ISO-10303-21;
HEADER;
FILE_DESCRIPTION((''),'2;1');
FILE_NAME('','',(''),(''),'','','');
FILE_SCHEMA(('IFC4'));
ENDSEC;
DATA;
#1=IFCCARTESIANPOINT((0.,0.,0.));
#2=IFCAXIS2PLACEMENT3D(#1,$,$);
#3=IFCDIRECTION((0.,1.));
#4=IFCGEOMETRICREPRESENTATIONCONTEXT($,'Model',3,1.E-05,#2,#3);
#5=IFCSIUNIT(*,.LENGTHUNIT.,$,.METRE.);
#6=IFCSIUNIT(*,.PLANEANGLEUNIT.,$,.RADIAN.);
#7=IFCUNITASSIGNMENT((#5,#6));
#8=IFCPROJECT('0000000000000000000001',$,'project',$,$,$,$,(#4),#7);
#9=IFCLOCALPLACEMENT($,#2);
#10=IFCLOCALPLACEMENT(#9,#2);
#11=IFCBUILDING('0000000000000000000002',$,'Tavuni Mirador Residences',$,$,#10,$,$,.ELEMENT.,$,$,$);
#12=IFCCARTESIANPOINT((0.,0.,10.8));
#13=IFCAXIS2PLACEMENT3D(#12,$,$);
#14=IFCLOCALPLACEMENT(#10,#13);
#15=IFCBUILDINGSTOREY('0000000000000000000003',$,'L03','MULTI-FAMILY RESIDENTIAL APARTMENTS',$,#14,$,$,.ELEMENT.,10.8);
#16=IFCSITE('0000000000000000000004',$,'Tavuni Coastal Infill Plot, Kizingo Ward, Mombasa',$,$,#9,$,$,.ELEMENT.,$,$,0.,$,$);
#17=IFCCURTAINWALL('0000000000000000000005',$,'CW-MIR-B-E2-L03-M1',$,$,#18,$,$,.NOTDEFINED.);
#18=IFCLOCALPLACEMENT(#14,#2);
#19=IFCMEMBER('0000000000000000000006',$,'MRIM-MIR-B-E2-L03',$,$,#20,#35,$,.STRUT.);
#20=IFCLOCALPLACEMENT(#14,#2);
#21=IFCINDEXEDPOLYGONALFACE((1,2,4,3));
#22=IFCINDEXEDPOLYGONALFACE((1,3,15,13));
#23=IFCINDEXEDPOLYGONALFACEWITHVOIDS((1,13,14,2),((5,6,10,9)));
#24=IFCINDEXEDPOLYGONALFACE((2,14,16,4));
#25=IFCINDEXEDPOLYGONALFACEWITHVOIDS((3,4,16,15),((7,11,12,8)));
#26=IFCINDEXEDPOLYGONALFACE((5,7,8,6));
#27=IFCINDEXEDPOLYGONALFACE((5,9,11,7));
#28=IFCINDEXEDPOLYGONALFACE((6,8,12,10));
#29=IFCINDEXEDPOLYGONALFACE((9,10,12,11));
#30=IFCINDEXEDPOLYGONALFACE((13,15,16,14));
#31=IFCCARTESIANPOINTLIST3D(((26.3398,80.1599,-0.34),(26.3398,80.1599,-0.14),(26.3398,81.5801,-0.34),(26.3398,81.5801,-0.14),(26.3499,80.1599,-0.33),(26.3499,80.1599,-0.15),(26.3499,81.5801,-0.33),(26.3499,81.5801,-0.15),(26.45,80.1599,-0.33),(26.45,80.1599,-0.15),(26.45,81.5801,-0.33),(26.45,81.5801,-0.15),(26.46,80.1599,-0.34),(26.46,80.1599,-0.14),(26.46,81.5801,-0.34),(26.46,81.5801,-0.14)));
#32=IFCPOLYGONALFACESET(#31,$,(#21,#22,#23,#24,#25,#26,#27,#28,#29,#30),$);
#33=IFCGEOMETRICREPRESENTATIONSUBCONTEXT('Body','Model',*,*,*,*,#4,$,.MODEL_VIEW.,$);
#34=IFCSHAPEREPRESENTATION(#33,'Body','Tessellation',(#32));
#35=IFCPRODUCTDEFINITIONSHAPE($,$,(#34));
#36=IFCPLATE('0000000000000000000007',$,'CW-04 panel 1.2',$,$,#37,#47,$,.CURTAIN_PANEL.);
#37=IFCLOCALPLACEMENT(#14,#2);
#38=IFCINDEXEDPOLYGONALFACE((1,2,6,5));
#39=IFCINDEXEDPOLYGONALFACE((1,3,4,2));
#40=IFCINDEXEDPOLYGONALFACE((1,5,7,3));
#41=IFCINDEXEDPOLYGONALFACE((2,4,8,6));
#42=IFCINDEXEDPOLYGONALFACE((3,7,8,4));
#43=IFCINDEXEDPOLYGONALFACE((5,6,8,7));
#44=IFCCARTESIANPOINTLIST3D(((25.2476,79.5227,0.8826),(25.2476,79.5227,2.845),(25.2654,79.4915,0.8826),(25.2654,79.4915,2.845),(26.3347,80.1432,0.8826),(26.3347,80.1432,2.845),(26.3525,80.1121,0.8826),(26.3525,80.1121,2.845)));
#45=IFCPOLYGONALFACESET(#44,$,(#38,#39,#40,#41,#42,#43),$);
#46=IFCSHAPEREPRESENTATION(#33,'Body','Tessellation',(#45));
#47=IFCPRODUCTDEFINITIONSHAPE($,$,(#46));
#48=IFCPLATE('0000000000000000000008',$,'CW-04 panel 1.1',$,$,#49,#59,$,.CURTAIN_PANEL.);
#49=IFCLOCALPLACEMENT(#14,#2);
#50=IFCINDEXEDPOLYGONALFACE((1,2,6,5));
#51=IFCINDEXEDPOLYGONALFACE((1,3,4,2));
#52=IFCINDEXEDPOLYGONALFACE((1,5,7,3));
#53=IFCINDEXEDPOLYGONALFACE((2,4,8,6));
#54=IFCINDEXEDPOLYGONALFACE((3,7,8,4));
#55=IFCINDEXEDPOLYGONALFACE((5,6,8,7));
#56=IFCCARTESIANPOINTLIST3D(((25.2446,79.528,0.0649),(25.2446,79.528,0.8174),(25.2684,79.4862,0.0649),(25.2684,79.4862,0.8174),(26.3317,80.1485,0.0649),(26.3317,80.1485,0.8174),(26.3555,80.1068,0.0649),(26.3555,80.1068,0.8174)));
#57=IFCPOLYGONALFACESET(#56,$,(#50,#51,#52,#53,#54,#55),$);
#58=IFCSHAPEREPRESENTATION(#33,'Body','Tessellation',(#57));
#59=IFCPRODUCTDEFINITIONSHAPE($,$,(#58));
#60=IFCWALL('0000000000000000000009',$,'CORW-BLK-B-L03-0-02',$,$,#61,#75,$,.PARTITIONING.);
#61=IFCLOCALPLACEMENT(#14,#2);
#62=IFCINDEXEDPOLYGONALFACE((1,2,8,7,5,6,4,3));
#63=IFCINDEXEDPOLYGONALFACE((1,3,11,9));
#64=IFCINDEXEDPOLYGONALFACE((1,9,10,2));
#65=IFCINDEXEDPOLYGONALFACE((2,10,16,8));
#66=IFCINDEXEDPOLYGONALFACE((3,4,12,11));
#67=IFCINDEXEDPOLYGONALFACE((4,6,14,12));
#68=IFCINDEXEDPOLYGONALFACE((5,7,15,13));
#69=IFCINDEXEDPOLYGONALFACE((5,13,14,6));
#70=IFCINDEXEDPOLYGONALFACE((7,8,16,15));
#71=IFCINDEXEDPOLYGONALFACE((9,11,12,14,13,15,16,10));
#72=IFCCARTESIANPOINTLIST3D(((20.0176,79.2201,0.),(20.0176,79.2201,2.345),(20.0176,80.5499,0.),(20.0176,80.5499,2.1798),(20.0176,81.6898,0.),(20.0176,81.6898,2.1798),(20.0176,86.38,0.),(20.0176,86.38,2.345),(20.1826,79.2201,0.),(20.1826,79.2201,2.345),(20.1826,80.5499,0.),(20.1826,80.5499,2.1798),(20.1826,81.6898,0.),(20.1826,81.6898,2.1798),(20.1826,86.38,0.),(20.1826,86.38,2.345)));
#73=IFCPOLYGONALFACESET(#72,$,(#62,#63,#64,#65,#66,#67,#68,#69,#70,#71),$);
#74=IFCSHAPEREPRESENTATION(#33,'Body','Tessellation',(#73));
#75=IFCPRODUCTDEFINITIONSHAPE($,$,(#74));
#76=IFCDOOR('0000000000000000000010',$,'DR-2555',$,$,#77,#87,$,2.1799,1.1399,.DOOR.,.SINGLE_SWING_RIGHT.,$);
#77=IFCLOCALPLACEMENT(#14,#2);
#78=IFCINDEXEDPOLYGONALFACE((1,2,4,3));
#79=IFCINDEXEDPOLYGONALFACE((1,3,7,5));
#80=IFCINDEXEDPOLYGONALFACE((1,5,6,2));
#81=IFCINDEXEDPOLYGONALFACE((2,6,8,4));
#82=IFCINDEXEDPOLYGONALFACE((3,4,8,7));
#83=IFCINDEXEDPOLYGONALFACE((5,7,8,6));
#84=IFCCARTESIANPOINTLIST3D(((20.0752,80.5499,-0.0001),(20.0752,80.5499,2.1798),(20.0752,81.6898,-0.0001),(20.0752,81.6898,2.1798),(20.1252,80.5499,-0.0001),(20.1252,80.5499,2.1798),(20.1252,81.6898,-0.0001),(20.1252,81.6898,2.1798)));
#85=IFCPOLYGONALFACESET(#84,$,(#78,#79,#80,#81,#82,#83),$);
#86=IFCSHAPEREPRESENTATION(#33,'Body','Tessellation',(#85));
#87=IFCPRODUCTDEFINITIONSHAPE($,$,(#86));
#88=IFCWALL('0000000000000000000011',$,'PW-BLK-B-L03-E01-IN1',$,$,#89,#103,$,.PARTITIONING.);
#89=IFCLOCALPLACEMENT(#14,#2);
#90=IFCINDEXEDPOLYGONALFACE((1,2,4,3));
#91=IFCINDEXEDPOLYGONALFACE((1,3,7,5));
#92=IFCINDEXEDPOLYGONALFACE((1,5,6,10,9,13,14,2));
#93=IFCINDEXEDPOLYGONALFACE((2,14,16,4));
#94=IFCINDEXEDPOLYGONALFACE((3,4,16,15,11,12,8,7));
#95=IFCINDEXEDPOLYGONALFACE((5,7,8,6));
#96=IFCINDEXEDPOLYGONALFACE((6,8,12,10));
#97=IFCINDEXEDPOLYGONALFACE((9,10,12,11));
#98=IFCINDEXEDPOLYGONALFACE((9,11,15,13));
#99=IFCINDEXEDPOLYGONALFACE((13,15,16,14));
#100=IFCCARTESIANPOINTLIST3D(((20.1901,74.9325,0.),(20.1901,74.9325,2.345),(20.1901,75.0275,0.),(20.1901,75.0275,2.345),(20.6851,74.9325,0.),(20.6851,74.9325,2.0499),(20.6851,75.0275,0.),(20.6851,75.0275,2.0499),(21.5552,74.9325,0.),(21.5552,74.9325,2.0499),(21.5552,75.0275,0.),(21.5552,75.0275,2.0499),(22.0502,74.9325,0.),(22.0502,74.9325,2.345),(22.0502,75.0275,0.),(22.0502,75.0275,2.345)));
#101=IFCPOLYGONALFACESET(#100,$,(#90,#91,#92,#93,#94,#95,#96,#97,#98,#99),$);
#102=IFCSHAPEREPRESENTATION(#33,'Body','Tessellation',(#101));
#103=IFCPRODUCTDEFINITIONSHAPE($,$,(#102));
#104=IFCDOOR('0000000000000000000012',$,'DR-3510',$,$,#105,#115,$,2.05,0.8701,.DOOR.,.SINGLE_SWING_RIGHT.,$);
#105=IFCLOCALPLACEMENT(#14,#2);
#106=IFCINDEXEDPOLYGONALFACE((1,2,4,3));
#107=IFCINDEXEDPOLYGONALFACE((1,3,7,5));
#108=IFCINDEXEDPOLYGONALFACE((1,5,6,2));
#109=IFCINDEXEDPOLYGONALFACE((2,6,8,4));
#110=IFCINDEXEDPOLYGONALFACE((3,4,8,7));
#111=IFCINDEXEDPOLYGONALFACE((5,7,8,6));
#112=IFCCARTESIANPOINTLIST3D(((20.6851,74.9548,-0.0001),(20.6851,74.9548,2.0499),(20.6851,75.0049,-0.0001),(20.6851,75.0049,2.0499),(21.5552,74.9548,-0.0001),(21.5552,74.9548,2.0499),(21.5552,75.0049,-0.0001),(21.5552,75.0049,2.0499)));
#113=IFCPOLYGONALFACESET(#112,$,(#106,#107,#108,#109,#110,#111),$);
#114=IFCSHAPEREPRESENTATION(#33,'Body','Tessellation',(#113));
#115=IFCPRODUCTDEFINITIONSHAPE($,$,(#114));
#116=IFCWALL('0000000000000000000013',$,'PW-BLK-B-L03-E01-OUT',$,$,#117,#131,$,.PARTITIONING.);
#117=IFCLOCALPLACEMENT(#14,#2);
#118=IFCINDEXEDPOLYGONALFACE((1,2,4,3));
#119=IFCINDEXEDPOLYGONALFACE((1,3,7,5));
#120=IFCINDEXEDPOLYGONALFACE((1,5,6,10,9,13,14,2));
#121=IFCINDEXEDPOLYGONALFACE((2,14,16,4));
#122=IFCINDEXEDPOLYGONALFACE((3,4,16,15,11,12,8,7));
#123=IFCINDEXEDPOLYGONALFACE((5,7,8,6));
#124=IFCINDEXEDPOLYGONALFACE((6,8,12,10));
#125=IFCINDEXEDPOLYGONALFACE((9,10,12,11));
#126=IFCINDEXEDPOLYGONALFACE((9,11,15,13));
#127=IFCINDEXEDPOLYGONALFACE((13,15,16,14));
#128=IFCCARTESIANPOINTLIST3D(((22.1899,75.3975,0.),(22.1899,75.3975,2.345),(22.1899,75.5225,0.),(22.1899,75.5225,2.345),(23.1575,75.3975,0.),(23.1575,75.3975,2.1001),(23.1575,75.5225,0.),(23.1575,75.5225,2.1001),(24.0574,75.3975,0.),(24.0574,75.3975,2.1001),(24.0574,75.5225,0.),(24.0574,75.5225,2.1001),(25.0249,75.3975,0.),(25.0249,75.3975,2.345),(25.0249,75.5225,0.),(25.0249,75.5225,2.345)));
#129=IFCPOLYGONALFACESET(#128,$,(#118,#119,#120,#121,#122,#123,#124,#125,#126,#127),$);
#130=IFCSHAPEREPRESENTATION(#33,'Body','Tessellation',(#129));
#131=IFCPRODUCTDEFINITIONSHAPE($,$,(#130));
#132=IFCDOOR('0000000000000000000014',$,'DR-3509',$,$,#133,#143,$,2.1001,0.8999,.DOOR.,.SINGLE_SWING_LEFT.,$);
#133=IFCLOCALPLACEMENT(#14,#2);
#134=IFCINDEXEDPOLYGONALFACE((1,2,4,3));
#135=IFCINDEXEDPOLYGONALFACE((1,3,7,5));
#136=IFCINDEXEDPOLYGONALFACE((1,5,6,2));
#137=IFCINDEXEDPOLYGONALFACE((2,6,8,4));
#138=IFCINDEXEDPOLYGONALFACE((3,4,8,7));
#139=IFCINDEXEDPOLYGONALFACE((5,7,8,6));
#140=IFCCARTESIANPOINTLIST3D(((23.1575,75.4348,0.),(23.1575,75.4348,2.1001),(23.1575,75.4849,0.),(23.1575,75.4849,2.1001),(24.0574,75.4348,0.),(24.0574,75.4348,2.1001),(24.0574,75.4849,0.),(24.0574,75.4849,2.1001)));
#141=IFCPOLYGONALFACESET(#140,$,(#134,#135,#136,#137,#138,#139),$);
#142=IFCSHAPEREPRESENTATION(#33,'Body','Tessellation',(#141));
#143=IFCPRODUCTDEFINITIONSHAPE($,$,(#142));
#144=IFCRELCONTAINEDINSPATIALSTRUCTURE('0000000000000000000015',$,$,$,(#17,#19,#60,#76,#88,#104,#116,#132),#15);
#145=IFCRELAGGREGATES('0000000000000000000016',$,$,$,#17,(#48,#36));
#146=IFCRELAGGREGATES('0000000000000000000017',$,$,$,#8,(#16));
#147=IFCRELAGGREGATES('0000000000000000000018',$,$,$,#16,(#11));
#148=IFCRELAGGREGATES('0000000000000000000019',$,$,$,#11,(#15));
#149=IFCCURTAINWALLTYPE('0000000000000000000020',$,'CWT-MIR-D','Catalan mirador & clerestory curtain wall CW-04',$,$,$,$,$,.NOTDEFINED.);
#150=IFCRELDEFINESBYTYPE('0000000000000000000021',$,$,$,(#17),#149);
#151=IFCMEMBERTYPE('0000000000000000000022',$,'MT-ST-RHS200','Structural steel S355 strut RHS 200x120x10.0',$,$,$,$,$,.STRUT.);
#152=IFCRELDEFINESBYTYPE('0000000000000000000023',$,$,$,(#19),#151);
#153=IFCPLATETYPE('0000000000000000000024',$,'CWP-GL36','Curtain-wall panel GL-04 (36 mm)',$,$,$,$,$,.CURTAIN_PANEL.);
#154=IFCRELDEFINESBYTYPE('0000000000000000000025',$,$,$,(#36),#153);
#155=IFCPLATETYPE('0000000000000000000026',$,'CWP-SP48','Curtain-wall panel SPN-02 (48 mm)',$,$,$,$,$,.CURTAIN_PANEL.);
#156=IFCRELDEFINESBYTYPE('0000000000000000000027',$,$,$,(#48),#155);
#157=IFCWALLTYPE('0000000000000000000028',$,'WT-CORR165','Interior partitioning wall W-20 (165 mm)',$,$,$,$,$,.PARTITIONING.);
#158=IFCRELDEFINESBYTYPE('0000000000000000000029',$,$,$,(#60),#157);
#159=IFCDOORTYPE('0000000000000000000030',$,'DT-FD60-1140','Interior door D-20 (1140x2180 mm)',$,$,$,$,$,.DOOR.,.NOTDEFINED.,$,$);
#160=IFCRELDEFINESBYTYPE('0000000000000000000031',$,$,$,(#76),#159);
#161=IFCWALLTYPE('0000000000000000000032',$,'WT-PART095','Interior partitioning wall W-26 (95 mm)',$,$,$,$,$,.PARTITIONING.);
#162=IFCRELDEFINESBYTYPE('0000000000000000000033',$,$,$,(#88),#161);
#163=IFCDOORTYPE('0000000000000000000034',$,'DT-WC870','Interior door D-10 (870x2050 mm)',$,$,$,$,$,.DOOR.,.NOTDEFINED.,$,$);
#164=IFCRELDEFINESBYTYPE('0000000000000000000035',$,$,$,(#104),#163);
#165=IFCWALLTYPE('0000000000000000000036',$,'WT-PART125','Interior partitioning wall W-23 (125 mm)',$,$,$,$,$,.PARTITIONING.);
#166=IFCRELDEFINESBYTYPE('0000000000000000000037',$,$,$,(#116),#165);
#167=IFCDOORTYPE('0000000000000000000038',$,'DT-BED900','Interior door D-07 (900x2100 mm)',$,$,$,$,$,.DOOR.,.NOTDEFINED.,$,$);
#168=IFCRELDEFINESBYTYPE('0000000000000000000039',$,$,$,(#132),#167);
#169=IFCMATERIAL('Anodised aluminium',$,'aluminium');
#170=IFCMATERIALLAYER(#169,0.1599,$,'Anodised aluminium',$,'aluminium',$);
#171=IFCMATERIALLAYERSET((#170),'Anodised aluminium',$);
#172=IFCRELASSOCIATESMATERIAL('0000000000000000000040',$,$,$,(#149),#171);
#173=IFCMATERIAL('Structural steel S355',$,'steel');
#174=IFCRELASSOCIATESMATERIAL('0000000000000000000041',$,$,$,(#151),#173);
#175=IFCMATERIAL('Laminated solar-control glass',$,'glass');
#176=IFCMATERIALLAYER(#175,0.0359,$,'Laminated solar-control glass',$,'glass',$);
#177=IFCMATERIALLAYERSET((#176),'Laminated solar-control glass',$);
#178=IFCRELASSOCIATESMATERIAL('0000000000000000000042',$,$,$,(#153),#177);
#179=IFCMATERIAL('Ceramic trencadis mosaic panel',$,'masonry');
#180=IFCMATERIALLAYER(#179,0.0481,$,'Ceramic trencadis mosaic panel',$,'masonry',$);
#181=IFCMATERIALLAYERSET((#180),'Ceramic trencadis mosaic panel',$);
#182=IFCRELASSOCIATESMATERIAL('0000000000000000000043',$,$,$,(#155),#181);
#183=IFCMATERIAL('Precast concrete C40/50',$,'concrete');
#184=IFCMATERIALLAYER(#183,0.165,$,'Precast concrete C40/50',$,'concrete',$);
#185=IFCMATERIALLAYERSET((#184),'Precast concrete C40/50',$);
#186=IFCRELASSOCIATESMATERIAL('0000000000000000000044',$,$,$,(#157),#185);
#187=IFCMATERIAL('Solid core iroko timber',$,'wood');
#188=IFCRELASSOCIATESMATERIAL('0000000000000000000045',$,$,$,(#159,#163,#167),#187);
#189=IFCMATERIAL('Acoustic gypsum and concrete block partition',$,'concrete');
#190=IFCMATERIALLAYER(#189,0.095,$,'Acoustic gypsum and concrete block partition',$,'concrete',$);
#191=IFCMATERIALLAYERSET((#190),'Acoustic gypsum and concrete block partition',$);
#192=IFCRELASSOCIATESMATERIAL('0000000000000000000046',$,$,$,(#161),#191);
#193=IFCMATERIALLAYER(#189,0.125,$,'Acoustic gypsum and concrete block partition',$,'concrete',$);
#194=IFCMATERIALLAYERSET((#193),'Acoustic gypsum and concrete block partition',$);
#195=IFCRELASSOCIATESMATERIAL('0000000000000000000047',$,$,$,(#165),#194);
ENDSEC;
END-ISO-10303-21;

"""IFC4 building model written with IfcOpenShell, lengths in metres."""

from ifc_helpers import new_model, si_unit, direction, frame, frame_2d, origin, origin_2d, place, context, subcontext, project, spatial, rectangle, hollow_rectangle, extrude, material, layer, layer_set, material_profile, profile_set, type_object, element, fill, aggregate, save


model = new_model("IFC4")

# Units and contexts
model_context = context("Model", 3, precision=1e-05, world=origin(), true_north=direction((0.0, 1.0)))
body_context = subcontext(model_context, "Body", "Model", "MODEL_VIEW")
ifc_project = project(units=[si_unit("LENGTHUNIT", "METRE"), si_unit("PLANEANGLEUNIT", "RADIAN")], contexts=[model_context])

# Site, building, storey
site_placement = place(None, origin())
site = spatial("IfcSite", under=ifc_project, at=site_placement, Name="Tavuni Coastal Infill Plot, Kizingo Ward, Mombasa", CompositionType="ELEMENT", RefElevation=0.0)
building_placement = place(site_placement, origin())
building = spatial("IfcBuilding", under=site, at=building_placement, Name="Tavuni Mirador Residences", CompositionType="ELEMENT")
storey_placement = place(building_placement, frame((0.0, 0.0, 10.8)))
storey = spatial("IfcBuildingStorey", under=building, at=storey_placement, Name="L03", Description="MULTI-FAMILY RESIDENTIAL APARTMENTS", CompositionType="ELEMENT", Elevation=10.8)

# Shared definitions
ifc_material_1 = material(Name="Precast concrete C40/50", Category="concrete")

# Curtain wall
ifc_material_2 = material(Name="Anodised aluminium", Category="aluminium")
ifc_layer_1 = layer(ifc_material_2, 0.1599, Name="Anodised aluminium", Category="aluminium")
ifc_layer_set_1 = layer_set([ifc_layer_1], Name="Anodised aluminium")
curtain_wall_type = type_object("IfcCurtainWallType", Name="CWT-MIR-D", Description="Catalan mirador & clerestory curtain wall CW-04", PredefinedType="NOTDEFINED", material=ifc_layer_set_1)
curtain_wall_placement = place(storey_placement, origin())
curtain_wall = element("IfcCurtainWall", 1, at=curtain_wall_placement, inside=storey, type_object=curtain_wall_type, Name="CW-MIR-B-E2-L03-M1", PredefinedType="NOTDEFINED")

# Member
ifc_material_3 = material(Name="Structural steel S355", Category="steel")
ifc_material_profile_1 = material_profile(ifc_material_3, hollow_rectangle(XDim=0.1201, YDim=0.2, WallThickness=0.01, at=origin_2d()), Name="RHS 200x120x10.0", Category="steel")
ifc_profile_set_1 = profile_set([ifc_material_profile_1], Name="Structural steel S355")
member_type_1 = type_object("IfcMemberType", Name="MT-ST-RHS200", Description="Structural steel S355 strut RHS 200x120x10.0", PredefinedType="STRUT", material=ifc_profile_set_1)
member_1_placement = place(storey_placement, frame((26.3999, 80.1599, -0.24), z_axis=(0.0, 1.0, 0.0), x_axis=(-1.0, 0.0, 0.0)))
element("IfcMember", 2, at=member_1_placement, inside=storey, type_object=member_type_1, Name="MRIM-MIR-B-E2-L03", PredefinedType="STRUT", context=body_context, shape_type="SweptSolid", body=[
    extrude(hollow_rectangle(XDim=0.1201, YDim=0.2, WallThickness=0.01, at=origin_2d()), origin(), (0.0, 0.0, 1.0), 1.4202),
])

# Plates
ifc_material_4 = material(Name="Laminated solar-control glass", Category="glass")
ifc_layer_2 = layer(ifc_material_4, 0.0359, Name="Laminated solar-control glass", Category="glass")
ifc_layer_set_2 = layer_set([ifc_layer_2], Name="Laminated solar-control glass")
plate_type_1 = type_object("IfcPlateType", Name="CWP-GL36", Description="Curtain-wall panel GL-04 (36 mm)", PredefinedType="CURTAIN_PANEL", material=ifc_layer_set_2)
plate_1_placement = place(storey_placement, frame((25.8, 79.8174, 0.8826), z_axis=(0.0, 0.0, 1.0), x_axis=(0.868466, 0.495749, 0.0)))
plate_1 = element("IfcPlate", 3, at=plate_1_placement, type_object=plate_type_1, Name="CW-04 panel 1.2", PredefinedType="CURTAIN_PANEL", context=body_context, shape_type="SweptSolid", body=[
    extrude(rectangle(XDim=1.2517, YDim=0.0359, at=origin_2d()), origin(), (0.0, 0.0, 1.0), 1.9624),
])
ifc_material_5 = material(Name="Ceramic trencadis mosaic panel", Category="masonry")
ifc_layer_3 = layer(ifc_material_5, 0.0481, Name="Ceramic trencadis mosaic panel", Category="masonry")
ifc_layer_set_3 = layer_set([ifc_layer_3], Name="Ceramic trencadis mosaic panel")
plate_type_2 = type_object("IfcPlateType", Name="CWP-SP48", Description="Curtain-wall panel SPN-02 (48 mm)", PredefinedType="CURTAIN_PANEL", material=ifc_layer_set_3)
plate_2_placement = place(storey_placement, frame((25.8, 79.8174, 0.0649), z_axis=(0.0, 0.0, 1.0), x_axis=(0.868466, 0.495749, 0.0)))
plate_2 = element("IfcPlate", 4, at=plate_2_placement, type_object=plate_type_2, Name="CW-04 panel 1.1", PredefinedType="CURTAIN_PANEL", context=body_context, shape_type="SweptSolid", body=[
    extrude(rectangle(XDim=1.2517, YDim=0.0481, at=origin_2d()), origin(), (0.0, 0.0, 1.0), 0.7524),
])
aggregate(curtain_wall, [plate_2, plate_1])

# Walls, openings, doors
ifc_material_6 = material(Name="Solid core iroko timber", Category="wood")
ifc_layer_4 = layer(ifc_material_1, 0.165, Name="Precast concrete C40/50", Category="concrete")
ifc_layer_set_4 = layer_set([ifc_layer_4], Name="Precast concrete C40/50")
wall_type_1 = type_object("IfcWallType", Name="WT-CORR165", Description="Interior partitioning wall W-20 (165 mm)", PredefinedType="PARTITIONING", material=ifc_layer_set_4)
wall_1_placement = place(storey_placement, frame((20.1001, 79.22, 0.0), z_axis=(0.0, 0.0, 1.0), x_axis=(0.0, 1.0, 0.0)))
wall_1 = element("IfcWall", 5, at=wall_1_placement, inside=storey, type_object=wall_type_1, Name="CORW-BLK-B-L03-0-02", PredefinedType="PARTITIONING", context=body_context, shape_type="SweptSolid", body=[
    extrude(rectangle(XDim=7.1599, YDim=0.165, at=frame_2d((3.5801, 0.0))), origin(), (0.0, 0.0, 1.0), 2.345),
])
opening_1_placement = place(wall_1_placement, frame((1.3301, 0.0, 0.0)))
opening_1 = element("IfcOpeningElement", 6, at=opening_1_placement, cuts=wall_1, PredefinedType="OPENING", context=body_context, shape_type="SweptSolid", body=[
    extrude(rectangle(XDim=1.1399, YDim=2.1799, at=frame_2d((0.5698, 1.0898))), frame((0.0, 0.0925, 0.0), z_axis=(0.0, -1.0, 0.0), x_axis=(1.0, 0.0, 0.0)), (0.0, 0.0, 1.0), 0.1851),
])
door_type_1 = type_object("IfcDoorType", Name="DT-FD60-1140", Description="Interior door D-20 (1140x2180 mm)", OperationType="NOTDEFINED", PredefinedType="DOOR", material=ifc_material_6)
door_1_placement = place(opening_1_placement, origin())
door_1 = element("IfcDoor", 7, at=door_1_placement, inside=storey, type_object=door_type_1, Name="DR-2555", OperationType="SINGLE_SWING_RIGHT", OverallHeight=2.1799, OverallWidth=1.1399, PredefinedType="DOOR", context=body_context, shape_type="SweptSolid", body=[
    extrude(rectangle(XDim=1.1399, YDim=2.1799, at=frame_2d((0.5698, 1.0898))), frame((0.0, 0.0249, 0.0), z_axis=(0.0, -1.0, 0.0), x_axis=(1.0, 0.0, 0.0)), (0.0, 0.0, 1.0), 0.05),
])
fill(opening_1, door_1)
ifc_material_7 = material(Name="Acoustic gypsum and concrete block partition", Category="concrete")
ifc_layer_5 = layer(ifc_material_7, 0.095, Name="Acoustic gypsum and concrete block partition", Category="concrete")
ifc_layer_set_5 = layer_set([ifc_layer_5], Name="Acoustic gypsum and concrete block partition")
wall_type_2 = type_object("IfcWallType", Name="WT-PART095", Description="Interior partitioning wall W-26 (95 mm)", PredefinedType="PARTITIONING", material=ifc_layer_set_5)
wall_2_placement = place(storey_placement, frame((20.1899, 74.98, 0.0), z_axis=(0.0, 0.0, 1.0), x_axis=(1.0, 0.0, 0.0)))
wall_2 = element("IfcWall", 8, at=wall_2_placement, inside=storey, type_object=wall_type_2, Name="PW-BLK-B-L03-E01-IN1", PredefinedType="PARTITIONING", context=body_context, shape_type="SweptSolid", body=[
    extrude(rectangle(XDim=1.8601, YDim=0.095, at=frame_2d((0.9302, 0.0))), origin(), (0.0, 0.0, 1.0), 2.345),
])
opening_2_placement = place(wall_2_placement, frame((0.4951, 0.0, 0.0)))
opening_2 = element("IfcOpeningElement", 9, at=opening_2_placement, cuts=wall_2, PredefinedType="OPENING", context=body_context, shape_type="SweptSolid", body=[
    extrude(rectangle(XDim=0.8701, YDim=2.05, at=frame_2d((0.4351, 1.0249))), frame((0.0, 0.0576, 0.0), z_axis=(0.0, -1.0, 0.0), x_axis=(1.0, 0.0, 0.0)), (0.0, 0.0, 1.0), 0.115),
])
door_type_2 = type_object("IfcDoorType", Name="DT-WC870", Description="Interior door D-10 (870x2050 mm)", OperationType="NOTDEFINED", PredefinedType="DOOR", material=ifc_material_6)
door_2_placement = place(opening_2_placement, origin())
door_2 = element("IfcDoor", 10, at=door_2_placement, inside=storey, type_object=door_type_2, Name="DR-3510", OperationType="SINGLE_SWING_RIGHT", OverallHeight=2.05, OverallWidth=0.8701, PredefinedType="DOOR", context=body_context, shape_type="SweptSolid", body=[
    extrude(rectangle(XDim=0.8701, YDim=2.05, at=frame_2d((0.4351, 1.0249))), frame((0.0, 0.0249, 0.0), z_axis=(0.0, -1.0, 0.0), x_axis=(1.0, 0.0, 0.0)), (0.0, 0.0, 1.0), 0.05),
])
fill(opening_2, door_2)
ifc_layer_6 = layer(ifc_material_7, 0.125, Name="Acoustic gypsum and concrete block partition", Category="concrete")
ifc_layer_set_6 = layer_set([ifc_layer_6], Name="Acoustic gypsum and concrete block partition")
wall_type_3 = type_object("IfcWallType", Name="WT-PART125", Description="Interior partitioning wall W-23 (125 mm)", PredefinedType="PARTITIONING", material=ifc_layer_set_6)
wall_3_placement = place(storey_placement, frame((22.1899, 75.46, 0.0), z_axis=(0.0, 0.0, 1.0), x_axis=(1.0, 0.0, 0.0)))
wall_3 = element("IfcWall", 11, at=wall_3_placement, inside=storey, type_object=wall_type_3, Name="PW-BLK-B-L03-E01-OUT", PredefinedType="PARTITIONING", context=body_context, shape_type="SweptSolid", body=[
    extrude(rectangle(XDim=2.835, YDim=0.125, at=frame_2d((1.4175, 0.0))), origin(), (0.0, 0.0, 1.0), 2.345),
])
opening_3_placement = place(wall_3_placement, frame((0.9675, 0.0, 0.0)))
opening_3 = element("IfcOpeningElement", 12, at=opening_3_placement, cuts=wall_3, PredefinedType="OPENING", context=body_context, shape_type="SweptSolid", body=[
    extrude(rectangle(XDim=0.8999, YDim=2.1001, at=frame_2d((0.45, 1.05))), frame((0.0, 0.0725, 0.0), z_axis=(0.0, -1.0, 0.0), x_axis=(1.0, 0.0, 0.0)), (0.0, 0.0, 1.0), 0.145),
])
door_type_3 = type_object("IfcDoorType", Name="DT-BED900", Description="Interior door D-07 (900x2100 mm)", OperationType="NOTDEFINED", PredefinedType="DOOR", material=ifc_material_6)
door_3_placement = place(opening_3_placement, origin())
door_3 = element("IfcDoor", 13, at=door_3_placement, inside=storey, type_object=door_type_3, Name="DR-3509", OperationType="SINGLE_SWING_LEFT", OverallHeight=2.1001, OverallWidth=0.8999, PredefinedType="DOOR", context=body_context, shape_type="SweptSolid", body=[
    extrude(rectangle(XDim=0.8999, YDim=2.1001, at=frame_2d((0.45, 1.05))), frame((0.0, 0.0249, 0.0), z_axis=(0.0, -1.0, 0.0), x_axis=(1.0, 0.0, 0.0)), (0.0, 0.0, 1.0), 0.05),
])
fill(opening_3, door_3)

save(model, "model.ifc")
